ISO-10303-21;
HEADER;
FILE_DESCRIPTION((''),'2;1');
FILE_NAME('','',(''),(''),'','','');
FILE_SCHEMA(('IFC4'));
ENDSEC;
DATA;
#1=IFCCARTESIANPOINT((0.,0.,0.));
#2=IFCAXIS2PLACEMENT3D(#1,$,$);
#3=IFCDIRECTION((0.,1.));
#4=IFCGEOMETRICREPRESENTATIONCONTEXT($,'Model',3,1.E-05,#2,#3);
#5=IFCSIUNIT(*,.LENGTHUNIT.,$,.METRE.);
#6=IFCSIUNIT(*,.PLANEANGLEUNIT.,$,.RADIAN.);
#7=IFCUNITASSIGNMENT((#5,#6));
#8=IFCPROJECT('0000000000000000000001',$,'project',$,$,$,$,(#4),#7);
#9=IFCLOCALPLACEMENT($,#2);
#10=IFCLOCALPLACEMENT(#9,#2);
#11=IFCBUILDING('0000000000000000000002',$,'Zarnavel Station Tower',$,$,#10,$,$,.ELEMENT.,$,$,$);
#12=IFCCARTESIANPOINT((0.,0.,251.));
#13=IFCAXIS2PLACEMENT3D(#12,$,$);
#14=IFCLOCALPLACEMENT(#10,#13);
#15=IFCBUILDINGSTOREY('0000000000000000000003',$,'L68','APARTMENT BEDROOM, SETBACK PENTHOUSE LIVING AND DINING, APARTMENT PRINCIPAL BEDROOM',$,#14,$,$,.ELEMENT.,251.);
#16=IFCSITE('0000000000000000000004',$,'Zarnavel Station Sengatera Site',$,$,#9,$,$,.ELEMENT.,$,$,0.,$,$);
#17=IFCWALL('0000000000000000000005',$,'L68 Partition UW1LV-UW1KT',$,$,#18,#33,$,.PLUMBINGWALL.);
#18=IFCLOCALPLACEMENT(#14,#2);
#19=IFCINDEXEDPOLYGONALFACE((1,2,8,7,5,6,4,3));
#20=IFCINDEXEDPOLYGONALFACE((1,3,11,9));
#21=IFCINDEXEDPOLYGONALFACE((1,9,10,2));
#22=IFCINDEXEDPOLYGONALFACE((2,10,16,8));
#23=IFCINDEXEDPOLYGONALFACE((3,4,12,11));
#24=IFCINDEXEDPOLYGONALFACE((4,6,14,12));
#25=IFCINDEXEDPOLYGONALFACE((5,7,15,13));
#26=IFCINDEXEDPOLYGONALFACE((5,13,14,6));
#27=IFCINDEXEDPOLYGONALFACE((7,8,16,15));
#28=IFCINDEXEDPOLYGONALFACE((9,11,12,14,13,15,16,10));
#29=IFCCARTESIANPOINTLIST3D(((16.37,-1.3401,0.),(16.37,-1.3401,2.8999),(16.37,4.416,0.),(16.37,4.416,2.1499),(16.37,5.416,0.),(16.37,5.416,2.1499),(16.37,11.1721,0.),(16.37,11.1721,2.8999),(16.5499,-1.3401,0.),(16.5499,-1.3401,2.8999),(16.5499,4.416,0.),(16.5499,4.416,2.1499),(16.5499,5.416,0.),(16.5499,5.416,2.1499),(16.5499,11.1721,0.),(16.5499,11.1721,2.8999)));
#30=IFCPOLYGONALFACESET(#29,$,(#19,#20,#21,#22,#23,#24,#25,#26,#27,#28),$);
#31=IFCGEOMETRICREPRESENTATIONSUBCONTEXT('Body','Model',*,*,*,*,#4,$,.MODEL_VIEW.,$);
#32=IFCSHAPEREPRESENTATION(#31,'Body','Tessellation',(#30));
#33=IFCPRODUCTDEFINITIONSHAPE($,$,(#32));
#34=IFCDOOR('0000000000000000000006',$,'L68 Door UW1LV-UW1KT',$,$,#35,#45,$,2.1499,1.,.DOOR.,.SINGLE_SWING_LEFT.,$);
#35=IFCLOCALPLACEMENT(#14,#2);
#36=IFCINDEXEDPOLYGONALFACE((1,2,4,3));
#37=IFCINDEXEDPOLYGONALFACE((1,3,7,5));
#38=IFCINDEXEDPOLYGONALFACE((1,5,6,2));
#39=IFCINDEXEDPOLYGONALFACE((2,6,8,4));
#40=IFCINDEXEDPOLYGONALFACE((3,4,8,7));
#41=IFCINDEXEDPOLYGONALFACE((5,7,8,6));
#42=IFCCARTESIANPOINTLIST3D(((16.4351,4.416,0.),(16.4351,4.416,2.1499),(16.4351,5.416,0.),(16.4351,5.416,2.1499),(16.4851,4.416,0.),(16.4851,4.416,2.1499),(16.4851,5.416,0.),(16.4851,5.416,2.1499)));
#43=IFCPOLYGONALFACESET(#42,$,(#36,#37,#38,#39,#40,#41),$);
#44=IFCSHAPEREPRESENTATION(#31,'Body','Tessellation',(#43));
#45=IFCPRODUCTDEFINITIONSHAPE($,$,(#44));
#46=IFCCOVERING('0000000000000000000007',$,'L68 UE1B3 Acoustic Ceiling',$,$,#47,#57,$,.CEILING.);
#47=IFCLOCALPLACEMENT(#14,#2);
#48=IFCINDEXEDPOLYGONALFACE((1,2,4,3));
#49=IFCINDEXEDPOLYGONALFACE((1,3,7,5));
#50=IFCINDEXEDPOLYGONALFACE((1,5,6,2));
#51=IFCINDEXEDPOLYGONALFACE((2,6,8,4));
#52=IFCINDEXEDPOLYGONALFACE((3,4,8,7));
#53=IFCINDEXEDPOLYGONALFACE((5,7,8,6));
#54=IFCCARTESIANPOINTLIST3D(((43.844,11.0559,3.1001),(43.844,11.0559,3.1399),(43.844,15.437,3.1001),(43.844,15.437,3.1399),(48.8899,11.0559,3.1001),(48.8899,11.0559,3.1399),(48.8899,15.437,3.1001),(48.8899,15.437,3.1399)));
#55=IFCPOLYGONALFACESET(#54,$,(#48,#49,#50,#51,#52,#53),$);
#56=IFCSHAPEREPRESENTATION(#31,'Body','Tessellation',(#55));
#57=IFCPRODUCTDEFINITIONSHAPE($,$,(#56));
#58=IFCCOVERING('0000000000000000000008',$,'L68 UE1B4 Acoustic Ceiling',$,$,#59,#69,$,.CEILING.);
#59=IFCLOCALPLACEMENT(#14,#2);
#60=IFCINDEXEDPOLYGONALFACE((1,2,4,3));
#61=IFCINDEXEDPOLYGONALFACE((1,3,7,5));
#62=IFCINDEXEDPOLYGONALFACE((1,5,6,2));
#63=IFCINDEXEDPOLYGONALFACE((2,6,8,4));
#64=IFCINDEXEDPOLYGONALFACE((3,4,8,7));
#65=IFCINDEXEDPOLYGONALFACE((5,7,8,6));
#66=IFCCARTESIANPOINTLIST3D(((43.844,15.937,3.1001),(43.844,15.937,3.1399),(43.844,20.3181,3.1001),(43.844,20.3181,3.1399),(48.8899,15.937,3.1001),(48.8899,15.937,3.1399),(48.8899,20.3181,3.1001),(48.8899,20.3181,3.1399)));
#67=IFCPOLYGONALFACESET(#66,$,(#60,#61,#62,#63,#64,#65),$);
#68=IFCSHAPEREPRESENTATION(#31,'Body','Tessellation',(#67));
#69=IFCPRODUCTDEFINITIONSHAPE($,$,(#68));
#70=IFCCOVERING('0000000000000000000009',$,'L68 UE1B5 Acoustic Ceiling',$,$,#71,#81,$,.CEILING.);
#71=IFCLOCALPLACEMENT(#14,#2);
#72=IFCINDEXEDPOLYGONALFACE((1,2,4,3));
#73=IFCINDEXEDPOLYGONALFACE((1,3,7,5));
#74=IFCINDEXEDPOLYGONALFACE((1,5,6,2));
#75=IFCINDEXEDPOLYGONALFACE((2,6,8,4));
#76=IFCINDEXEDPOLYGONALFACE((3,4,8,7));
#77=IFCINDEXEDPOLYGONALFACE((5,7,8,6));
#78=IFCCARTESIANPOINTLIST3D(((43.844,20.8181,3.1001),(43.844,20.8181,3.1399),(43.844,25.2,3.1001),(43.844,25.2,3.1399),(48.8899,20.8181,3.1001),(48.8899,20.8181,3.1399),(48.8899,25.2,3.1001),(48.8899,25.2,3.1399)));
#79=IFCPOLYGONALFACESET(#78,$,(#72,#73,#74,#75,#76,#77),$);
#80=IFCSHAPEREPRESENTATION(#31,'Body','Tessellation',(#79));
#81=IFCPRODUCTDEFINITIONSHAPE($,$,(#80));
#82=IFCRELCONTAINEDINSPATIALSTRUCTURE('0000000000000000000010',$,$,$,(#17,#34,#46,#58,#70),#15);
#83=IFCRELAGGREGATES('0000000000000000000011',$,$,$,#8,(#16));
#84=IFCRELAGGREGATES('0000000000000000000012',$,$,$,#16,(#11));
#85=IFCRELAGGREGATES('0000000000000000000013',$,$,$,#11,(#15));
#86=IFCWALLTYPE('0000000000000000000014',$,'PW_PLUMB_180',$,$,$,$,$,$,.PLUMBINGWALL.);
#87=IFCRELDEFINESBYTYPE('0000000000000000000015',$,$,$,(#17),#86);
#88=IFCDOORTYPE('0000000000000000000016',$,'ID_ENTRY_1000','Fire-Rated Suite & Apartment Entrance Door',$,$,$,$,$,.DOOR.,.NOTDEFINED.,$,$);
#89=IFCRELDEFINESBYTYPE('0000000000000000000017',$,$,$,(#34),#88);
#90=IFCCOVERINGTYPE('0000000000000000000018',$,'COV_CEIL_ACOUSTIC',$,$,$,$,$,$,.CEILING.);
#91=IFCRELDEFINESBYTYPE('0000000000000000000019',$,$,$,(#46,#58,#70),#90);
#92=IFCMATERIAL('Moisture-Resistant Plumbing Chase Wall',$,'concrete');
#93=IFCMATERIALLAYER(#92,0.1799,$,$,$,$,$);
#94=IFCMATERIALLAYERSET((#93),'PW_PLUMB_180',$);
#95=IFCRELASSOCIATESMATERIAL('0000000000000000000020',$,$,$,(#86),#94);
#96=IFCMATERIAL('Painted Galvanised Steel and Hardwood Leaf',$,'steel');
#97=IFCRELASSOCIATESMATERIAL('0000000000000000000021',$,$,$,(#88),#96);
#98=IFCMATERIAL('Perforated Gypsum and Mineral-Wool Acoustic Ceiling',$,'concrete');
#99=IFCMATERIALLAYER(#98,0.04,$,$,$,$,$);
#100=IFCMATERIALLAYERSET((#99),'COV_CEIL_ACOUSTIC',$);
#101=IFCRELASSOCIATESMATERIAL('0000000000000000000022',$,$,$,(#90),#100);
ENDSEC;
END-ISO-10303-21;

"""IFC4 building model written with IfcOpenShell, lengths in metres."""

from ifc_helpers import new_model, si_unit, direction, frame, frame_2d, origin, place, context, subcontext, project, spatial, polyline, rectangle, outline, extrude, material, layer, layer_set, type_object, element, fill, save


model = new_model("IFC4")

# Units and contexts
model_context = context("Model", 3, precision=1e-05, world=origin(), true_north=direction((0.0, 1.0)))
body_context = subcontext(model_context, "Body", "Model", "MODEL_VIEW")
ifc_project = project(units=[si_unit("LENGTHUNIT", "METRE"), si_unit("PLANEANGLEUNIT", "RADIAN")], contexts=[model_context])

# Site, building, storey
site_placement = place(None, origin())
site = spatial("IfcSite", under=ifc_project, at=site_placement, Name="Zarnavel Station Sengatera Site", CompositionType="ELEMENT", RefElevation=0.0)
building_placement = place(site_placement, origin())
building = spatial("IfcBuilding", under=site, at=building_placement, Name="Zarnavel Station Tower", CompositionType="ELEMENT")
storey_placement = place(building_placement, frame((0.0, 0.0, 251.0)))
storey = spatial("IfcBuildingStorey", under=building, at=storey_placement, Name="L68", Description="APARTMENT BEDROOM, SETBACK PENTHOUSE LIVING AND DINING, APARTMENT PRINCIPAL BEDROOM", CompositionType="ELEMENT", Elevation=251.0)

# Shared definitions
ifc_material_1 = material(Name="Moisture-Resistant Plumbing Chase Wall", Category="concrete")
ifc_layer_1 = layer(ifc_material_1, 0.1799)
ifc_layer_set_1 = layer_set([ifc_layer_1], Name="PW_PLUMB_180")
wall_type_1 = type_object("IfcWallType", Name="PW_PLUMB_180", PredefinedType="PLUMBINGWALL", material=ifc_layer_set_1)

# Wall, opening, door
wall_1_placement = place(storey_placement, frame((16.46, -1.3401, 0.0), z_axis=(0.0, 0.0, 1.0), x_axis=(0.0, 1.0, 0.0)))
wall_1 = element("IfcWall", 1, at=wall_1_placement, inside=storey, type_object=wall_type_1, Name="L68 Partition UW1LV-UW1KT", PredefinedType="PLUMBINGWALL", context=body_context, shape_type="SweptSolid", body=[
    extrude(rectangle(XDim=12.5122, YDim=0.1799, at=frame_2d((6.2561, 0.0))), origin(), (0.0, 0.0, 1.0), 2.8999),
])
opening_1_placement = place(wall_1_placement, frame((5.7561, 0.0, 0.0)))
opening_1 = element("IfcOpeningElement", 2, at=opening_1_placement, cuts=wall_1, PredefinedType="OPENING", context=body_context, shape_type="SweptSolid", body=[
    extrude(rectangle(XDim=1.0, YDim=2.1499, at=frame_2d((0.5, 1.075))), frame((0.0, 0.0999, 0.0), z_axis=(0.0, -1.0, 0.0), x_axis=(1.0, 0.0, 0.0)), (0.0, 0.0, 1.0), 0.2),
])
ifc_material_2 = material(Name="Painted Galvanised Steel and Hardwood Leaf", Category="steel")
door_type_1 = type_object("IfcDoorType", Name="ID_ENTRY_1000", Description="Fire-Rated Suite & Apartment Entrance Door", OperationType="NOTDEFINED", PredefinedType="DOOR", material=ifc_material_2)
door_1_placement = place(opening_1_placement, origin())
door_1 = element("IfcDoor", 3, at=door_1_placement, inside=storey, type_object=door_type_1, Name="L68 Door UW1LV-UW1KT", OperationType="SINGLE_SWING_LEFT", OverallHeight=2.1499, OverallWidth=1.0, PredefinedType="DOOR", context=body_context, shape_type="SweptSolid", body=[
    extrude(rectangle(XDim=1.0, YDim=2.1499, at=frame_2d((0.5, 1.075))), frame((0.0, 0.0249, 0.0), z_axis=(0.0, -1.0, 0.0), x_axis=(1.0, 0.0, 0.0)), (0.0, 0.0, 1.0), 0.05),
])
fill(opening_1, door_1)

# Coverings
ifc_material_3 = material(Name="Perforated Gypsum and Mineral-Wool Acoustic Ceiling", Category="concrete")
ifc_layer_2 = layer(ifc_material_3, 0.04)
ifc_layer_set_2 = layer_set([ifc_layer_2], Name="COV_CEIL_ACOUSTIC")
covering_type = type_object("IfcCoveringType", Name="COV_CEIL_ACOUSTIC", PredefinedType="CEILING", material=ifc_layer_set_2)
covering_1_placement = place(storey_placement, frame((0.0, 0.0, 3.1001)))
element("IfcCovering", 4, at=covering_1_placement, inside=storey, type_object=covering_type, Name="L68 UE1B3 Acoustic Ceiling", PredefinedType="CEILING", context=body_context, shape_type="SweptSolid", body=[
    extrude(outline(polyline([(43.844, 11.0559), (48.8899, 11.0559), (48.8899, 15.437), (43.844, 15.437), (43.844, 11.0559)])), origin(), (0.0, 0.0, 1.0), 0.0398),
])
covering_2_placement = place(storey_placement, frame((0.0, 0.0, 3.1001)))
element("IfcCovering", 5, at=covering_2_placement, inside=storey, type_object=covering_type, Name="L68 UE1B4 Acoustic Ceiling", PredefinedType="CEILING", context=body_context, shape_type="SweptSolid", body=[
    extrude(outline(polyline([(43.844, 15.937), (48.8899, 15.937), (48.8899, 20.3181), (43.844, 20.3181), (43.844, 15.937)])), origin(), (0.0, 0.0, 1.0), 0.0398),
])
covering_3_placement = place(storey_placement, frame((0.0, 0.0, 3.1001)))
element("IfcCovering", 6, at=covering_3_placement, inside=storey, type_object=covering_type, Name="L68 UE1B5 Acoustic Ceiling", PredefinedType="CEILING", context=body_context, shape_type="SweptSolid", body=[
    extrude(outline(polyline([(43.844, 20.8181), (48.8899, 20.8181), (48.8899, 25.2), (43.844, 25.2), (43.844, 20.8181)])), origin(), (0.0, 0.0, 1.0), 0.0398),
])

save(model, "model.ifc")
